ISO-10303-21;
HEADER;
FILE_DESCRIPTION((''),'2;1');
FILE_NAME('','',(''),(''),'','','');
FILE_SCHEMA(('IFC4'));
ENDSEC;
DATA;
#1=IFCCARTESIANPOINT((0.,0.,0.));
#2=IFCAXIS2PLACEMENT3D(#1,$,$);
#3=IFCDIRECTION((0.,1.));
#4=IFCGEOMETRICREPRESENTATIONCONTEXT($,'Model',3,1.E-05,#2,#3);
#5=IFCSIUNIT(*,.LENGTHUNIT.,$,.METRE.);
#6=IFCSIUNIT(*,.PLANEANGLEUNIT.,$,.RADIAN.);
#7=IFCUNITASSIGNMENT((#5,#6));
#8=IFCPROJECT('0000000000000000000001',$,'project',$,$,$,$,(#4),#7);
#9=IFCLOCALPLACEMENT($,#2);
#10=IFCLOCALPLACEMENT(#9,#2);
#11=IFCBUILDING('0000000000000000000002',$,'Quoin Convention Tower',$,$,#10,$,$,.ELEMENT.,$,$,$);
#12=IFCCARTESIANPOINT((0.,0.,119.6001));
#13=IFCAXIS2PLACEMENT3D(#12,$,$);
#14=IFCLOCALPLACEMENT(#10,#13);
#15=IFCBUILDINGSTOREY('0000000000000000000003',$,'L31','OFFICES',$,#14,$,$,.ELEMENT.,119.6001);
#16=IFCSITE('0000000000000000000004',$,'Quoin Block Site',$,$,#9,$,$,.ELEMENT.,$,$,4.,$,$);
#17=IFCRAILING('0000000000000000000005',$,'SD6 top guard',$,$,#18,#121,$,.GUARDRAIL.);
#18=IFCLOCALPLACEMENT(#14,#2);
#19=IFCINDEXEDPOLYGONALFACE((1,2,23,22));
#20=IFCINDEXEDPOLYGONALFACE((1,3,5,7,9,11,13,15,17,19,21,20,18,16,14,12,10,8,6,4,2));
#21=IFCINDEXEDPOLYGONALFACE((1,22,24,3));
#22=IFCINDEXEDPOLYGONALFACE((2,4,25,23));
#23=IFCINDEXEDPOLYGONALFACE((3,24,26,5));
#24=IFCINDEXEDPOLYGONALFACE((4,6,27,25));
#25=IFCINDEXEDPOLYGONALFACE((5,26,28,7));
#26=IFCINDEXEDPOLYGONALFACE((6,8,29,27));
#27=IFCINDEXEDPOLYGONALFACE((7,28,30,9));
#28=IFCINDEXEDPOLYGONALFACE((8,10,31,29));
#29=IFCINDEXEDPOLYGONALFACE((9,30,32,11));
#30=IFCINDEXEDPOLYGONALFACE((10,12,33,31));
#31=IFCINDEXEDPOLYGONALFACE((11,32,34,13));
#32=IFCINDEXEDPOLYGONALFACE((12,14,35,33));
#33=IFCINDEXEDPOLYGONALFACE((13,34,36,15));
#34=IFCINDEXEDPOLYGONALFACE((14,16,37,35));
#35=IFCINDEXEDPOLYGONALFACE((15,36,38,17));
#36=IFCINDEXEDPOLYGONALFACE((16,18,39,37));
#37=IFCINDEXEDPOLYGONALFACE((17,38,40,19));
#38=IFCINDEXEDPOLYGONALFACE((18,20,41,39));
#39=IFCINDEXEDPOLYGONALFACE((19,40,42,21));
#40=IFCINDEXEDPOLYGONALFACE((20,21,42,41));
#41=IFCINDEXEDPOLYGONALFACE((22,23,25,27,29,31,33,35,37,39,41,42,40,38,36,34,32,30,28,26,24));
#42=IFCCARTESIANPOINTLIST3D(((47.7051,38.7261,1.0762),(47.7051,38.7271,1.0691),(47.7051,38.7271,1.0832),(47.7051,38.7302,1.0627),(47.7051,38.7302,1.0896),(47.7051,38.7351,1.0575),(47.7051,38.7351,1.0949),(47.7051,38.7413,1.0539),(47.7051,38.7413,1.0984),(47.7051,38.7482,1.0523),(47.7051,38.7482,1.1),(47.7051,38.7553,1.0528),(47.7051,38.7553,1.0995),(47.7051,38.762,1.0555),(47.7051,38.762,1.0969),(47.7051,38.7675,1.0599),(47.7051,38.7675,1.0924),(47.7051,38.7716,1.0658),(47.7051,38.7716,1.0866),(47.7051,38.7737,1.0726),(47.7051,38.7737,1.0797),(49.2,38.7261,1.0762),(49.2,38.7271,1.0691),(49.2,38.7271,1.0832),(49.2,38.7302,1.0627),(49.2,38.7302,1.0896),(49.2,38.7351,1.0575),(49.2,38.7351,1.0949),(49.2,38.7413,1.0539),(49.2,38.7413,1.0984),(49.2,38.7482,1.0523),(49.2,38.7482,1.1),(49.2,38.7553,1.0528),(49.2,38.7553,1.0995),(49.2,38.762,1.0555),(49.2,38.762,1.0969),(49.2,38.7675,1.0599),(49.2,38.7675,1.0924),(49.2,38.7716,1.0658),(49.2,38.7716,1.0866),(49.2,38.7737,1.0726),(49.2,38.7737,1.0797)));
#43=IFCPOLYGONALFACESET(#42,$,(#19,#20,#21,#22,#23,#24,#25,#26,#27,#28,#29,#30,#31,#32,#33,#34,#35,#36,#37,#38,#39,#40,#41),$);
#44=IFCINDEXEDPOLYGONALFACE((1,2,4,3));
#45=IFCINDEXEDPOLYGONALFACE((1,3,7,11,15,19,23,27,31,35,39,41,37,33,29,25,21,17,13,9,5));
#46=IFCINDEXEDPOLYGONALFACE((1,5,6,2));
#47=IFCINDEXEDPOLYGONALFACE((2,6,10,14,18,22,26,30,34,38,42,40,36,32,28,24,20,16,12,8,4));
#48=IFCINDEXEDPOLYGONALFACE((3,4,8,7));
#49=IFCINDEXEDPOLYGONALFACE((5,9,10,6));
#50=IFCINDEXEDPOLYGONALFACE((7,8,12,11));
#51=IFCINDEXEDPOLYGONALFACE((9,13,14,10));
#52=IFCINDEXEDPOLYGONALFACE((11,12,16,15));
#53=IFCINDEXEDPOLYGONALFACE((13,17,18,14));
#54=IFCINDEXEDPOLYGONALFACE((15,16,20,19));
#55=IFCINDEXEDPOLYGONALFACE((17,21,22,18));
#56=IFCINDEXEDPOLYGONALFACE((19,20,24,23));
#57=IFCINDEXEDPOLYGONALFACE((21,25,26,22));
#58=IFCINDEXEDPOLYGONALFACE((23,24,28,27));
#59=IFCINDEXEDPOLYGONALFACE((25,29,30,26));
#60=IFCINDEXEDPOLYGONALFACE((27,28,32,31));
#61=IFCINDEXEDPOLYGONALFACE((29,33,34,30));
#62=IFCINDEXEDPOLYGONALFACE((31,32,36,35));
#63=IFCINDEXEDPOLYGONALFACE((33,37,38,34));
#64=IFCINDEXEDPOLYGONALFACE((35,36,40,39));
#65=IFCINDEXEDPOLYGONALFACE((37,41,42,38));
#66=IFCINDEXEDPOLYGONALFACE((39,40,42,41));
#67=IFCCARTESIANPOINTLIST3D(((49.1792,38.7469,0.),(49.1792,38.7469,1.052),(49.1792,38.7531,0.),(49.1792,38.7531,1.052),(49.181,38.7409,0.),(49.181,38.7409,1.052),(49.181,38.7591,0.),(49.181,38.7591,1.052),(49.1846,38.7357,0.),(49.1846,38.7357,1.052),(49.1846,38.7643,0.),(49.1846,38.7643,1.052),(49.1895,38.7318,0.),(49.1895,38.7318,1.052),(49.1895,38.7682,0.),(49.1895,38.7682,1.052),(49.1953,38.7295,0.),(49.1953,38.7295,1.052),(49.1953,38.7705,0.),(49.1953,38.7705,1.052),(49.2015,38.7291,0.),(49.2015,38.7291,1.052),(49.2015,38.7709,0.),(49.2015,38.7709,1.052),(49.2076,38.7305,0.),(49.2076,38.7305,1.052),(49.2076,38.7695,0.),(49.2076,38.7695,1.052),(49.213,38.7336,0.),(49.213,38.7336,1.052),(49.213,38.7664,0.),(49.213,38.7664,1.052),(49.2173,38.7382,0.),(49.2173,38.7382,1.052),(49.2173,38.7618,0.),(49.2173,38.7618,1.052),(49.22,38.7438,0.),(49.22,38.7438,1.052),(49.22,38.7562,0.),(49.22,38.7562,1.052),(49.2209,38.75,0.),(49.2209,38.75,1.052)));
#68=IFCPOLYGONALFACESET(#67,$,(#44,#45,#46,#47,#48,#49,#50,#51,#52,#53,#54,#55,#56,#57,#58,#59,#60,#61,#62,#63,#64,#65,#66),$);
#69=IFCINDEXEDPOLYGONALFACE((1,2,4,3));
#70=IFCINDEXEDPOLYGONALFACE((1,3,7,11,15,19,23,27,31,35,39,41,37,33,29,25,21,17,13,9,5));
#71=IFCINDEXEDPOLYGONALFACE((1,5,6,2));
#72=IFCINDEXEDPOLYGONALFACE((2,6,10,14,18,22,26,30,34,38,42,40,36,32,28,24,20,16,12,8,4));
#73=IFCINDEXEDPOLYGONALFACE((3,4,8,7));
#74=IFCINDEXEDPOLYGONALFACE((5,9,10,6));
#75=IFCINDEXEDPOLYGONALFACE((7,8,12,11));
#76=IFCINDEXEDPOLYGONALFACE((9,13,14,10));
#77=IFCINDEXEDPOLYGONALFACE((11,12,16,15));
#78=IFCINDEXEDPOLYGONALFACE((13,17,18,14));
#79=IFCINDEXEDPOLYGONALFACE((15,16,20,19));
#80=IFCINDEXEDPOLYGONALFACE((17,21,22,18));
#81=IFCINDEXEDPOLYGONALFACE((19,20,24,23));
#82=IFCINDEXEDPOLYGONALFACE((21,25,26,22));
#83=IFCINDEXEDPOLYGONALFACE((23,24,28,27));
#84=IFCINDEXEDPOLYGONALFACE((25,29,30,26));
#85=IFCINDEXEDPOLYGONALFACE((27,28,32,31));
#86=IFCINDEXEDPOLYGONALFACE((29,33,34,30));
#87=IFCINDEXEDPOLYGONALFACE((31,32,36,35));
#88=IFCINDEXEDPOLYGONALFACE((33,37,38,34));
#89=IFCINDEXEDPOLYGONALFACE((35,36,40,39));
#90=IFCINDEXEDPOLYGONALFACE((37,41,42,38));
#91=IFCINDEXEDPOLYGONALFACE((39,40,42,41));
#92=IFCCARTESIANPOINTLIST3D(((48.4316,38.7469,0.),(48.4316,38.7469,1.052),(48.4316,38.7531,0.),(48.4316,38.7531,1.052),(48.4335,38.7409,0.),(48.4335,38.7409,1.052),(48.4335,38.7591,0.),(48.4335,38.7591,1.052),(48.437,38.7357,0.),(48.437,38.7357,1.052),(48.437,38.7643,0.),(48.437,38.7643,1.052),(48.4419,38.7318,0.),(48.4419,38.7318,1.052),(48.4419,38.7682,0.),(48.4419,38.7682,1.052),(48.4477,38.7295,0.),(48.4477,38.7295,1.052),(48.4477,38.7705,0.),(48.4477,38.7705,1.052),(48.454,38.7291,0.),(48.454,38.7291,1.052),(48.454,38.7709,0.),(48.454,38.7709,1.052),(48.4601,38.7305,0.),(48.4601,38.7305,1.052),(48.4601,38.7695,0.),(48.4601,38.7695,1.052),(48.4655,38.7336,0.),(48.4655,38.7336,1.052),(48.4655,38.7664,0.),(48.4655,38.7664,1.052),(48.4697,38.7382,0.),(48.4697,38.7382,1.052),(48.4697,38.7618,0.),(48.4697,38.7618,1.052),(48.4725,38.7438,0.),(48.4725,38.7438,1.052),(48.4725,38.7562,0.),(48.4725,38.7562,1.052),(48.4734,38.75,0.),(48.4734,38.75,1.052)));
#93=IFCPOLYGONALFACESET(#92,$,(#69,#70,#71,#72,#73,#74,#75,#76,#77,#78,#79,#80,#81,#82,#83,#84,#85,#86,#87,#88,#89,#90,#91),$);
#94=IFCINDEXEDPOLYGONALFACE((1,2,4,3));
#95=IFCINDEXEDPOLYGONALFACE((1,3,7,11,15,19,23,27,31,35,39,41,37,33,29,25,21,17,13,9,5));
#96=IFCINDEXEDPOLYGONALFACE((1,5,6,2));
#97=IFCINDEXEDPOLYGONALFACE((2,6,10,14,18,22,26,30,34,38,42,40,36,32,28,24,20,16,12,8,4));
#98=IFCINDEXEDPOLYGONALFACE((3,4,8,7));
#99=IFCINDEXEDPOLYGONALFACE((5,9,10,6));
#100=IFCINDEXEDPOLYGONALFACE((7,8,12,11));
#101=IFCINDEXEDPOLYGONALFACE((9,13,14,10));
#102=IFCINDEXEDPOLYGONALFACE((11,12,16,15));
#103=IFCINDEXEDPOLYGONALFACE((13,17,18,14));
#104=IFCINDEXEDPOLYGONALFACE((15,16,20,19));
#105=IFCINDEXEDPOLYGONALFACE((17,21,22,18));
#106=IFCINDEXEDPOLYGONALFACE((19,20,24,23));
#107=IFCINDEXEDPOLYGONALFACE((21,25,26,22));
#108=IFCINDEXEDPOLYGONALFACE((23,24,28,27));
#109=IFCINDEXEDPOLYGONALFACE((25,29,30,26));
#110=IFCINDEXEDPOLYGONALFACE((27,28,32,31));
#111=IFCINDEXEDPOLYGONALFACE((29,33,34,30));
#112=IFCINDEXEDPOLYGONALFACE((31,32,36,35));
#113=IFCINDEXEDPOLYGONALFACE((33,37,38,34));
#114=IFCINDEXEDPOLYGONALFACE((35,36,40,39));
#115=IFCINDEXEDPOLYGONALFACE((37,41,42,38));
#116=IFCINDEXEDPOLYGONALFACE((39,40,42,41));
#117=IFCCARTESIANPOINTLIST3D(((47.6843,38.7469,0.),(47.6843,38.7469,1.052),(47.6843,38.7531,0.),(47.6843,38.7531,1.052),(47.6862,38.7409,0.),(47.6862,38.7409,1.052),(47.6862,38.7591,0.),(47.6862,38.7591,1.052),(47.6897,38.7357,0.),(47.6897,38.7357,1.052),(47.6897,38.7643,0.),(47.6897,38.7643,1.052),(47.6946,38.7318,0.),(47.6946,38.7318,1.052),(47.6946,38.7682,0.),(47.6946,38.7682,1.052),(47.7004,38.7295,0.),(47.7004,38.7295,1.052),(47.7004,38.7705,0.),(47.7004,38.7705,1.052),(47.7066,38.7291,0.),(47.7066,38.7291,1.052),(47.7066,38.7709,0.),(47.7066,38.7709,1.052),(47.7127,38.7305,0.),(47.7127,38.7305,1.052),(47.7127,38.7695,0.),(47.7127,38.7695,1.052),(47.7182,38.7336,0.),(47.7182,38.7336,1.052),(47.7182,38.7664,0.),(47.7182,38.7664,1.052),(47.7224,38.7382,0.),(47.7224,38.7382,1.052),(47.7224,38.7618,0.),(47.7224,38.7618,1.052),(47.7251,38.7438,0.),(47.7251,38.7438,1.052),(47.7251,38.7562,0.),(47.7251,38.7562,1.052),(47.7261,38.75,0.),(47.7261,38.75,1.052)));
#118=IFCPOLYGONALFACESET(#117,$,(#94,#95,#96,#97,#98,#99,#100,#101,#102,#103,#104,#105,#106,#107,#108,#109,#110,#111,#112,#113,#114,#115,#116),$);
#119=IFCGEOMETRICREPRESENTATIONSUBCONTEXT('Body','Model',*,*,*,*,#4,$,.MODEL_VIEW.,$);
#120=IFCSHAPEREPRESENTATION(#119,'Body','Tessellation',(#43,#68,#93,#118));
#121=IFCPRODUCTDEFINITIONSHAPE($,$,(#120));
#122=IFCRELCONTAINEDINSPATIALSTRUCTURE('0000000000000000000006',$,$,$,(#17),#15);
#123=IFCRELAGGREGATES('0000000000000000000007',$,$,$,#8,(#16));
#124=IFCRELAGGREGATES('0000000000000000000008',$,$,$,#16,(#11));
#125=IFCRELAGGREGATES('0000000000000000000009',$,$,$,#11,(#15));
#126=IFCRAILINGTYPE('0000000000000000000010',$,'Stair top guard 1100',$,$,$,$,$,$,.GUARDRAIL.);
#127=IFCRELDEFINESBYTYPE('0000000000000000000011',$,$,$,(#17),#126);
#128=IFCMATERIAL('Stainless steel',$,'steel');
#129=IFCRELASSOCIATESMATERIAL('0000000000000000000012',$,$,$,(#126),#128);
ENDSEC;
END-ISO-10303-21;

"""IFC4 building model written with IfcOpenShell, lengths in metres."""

from ifc_helpers import new_model, si_unit, direction, frame, origin, origin_2d, place, context, subcontext, project, spatial, circle, extrude, material, type_object, element, save


model = new_model("IFC4")

# Units and contexts
model_context = context("Model", 3, precision=1e-05, world=origin(), true_north=direction((0.0, 1.0)))
body_context = subcontext(model_context, "Body", "Model", "MODEL_VIEW")
ifc_project = project(units=[si_unit("LENGTHUNIT", "METRE"), si_unit("PLANEANGLEUNIT", "RADIAN")], contexts=[model_context])

# Site, building, storey
site_placement = place(None, origin())
site = spatial("IfcSite", under=ifc_project, at=site_placement, Name="Quoin Block Site", CompositionType="ELEMENT", RefElevation=4.0)
building_placement = place(site_placement, origin())
building = spatial("IfcBuilding", under=site, at=building_placement, Name="Quoin Convention Tower", CompositionType="ELEMENT")
storey_placement = place(building_placement, frame((0.0, 0.0, 119.6001)))
storey = spatial("IfcBuildingStorey", under=building, at=storey_placement, Name="L31", Description="OFFICES", CompositionType="ELEMENT", Elevation=119.6001)

# Railing
ifc_material_1 = material(Name="Stainless steel", Category="steel")
railing_type_1 = type_object("IfcRailingType", Name="Stair top guard 1100", PredefinedType="GUARDRAIL", material=ifc_material_1)
railing_1_placement = place(storey_placement, frame((49.2, 38.75, 0.0)))
element("IfcRailing", 1, at=railing_1_placement, inside=storey, type_object=railing_type_1, Name="SD6 top guard", PredefinedType="GUARDRAIL", context=body_context, shape_type="SweptSolid", body=[
    extrude(circle(Radius=0.0239, at=origin_2d()), frame((0.0, 0.0, 1.0762), z_axis=(-1.0, 0.0, 0.0), x_axis=(0.0, -1.0, 0.0)), (0.0, 0.0, 1.0), 1.4949),
    extrude(circle(Radius=0.021, at=origin_2d()), origin(), (0.0, 0.0, 1.0), 1.052),
    extrude(circle(Radius=0.021, at=origin_2d()), frame((-0.7476, 0.0, 0.0)), (0.0, 0.0, 1.0), 1.052),
    extrude(circle(Radius=0.021, at=origin_2d()), frame((-1.4949, 0.0, 0.0)), (0.0, 0.0, 1.0), 1.052),
])

save(model, "model.ifc")
